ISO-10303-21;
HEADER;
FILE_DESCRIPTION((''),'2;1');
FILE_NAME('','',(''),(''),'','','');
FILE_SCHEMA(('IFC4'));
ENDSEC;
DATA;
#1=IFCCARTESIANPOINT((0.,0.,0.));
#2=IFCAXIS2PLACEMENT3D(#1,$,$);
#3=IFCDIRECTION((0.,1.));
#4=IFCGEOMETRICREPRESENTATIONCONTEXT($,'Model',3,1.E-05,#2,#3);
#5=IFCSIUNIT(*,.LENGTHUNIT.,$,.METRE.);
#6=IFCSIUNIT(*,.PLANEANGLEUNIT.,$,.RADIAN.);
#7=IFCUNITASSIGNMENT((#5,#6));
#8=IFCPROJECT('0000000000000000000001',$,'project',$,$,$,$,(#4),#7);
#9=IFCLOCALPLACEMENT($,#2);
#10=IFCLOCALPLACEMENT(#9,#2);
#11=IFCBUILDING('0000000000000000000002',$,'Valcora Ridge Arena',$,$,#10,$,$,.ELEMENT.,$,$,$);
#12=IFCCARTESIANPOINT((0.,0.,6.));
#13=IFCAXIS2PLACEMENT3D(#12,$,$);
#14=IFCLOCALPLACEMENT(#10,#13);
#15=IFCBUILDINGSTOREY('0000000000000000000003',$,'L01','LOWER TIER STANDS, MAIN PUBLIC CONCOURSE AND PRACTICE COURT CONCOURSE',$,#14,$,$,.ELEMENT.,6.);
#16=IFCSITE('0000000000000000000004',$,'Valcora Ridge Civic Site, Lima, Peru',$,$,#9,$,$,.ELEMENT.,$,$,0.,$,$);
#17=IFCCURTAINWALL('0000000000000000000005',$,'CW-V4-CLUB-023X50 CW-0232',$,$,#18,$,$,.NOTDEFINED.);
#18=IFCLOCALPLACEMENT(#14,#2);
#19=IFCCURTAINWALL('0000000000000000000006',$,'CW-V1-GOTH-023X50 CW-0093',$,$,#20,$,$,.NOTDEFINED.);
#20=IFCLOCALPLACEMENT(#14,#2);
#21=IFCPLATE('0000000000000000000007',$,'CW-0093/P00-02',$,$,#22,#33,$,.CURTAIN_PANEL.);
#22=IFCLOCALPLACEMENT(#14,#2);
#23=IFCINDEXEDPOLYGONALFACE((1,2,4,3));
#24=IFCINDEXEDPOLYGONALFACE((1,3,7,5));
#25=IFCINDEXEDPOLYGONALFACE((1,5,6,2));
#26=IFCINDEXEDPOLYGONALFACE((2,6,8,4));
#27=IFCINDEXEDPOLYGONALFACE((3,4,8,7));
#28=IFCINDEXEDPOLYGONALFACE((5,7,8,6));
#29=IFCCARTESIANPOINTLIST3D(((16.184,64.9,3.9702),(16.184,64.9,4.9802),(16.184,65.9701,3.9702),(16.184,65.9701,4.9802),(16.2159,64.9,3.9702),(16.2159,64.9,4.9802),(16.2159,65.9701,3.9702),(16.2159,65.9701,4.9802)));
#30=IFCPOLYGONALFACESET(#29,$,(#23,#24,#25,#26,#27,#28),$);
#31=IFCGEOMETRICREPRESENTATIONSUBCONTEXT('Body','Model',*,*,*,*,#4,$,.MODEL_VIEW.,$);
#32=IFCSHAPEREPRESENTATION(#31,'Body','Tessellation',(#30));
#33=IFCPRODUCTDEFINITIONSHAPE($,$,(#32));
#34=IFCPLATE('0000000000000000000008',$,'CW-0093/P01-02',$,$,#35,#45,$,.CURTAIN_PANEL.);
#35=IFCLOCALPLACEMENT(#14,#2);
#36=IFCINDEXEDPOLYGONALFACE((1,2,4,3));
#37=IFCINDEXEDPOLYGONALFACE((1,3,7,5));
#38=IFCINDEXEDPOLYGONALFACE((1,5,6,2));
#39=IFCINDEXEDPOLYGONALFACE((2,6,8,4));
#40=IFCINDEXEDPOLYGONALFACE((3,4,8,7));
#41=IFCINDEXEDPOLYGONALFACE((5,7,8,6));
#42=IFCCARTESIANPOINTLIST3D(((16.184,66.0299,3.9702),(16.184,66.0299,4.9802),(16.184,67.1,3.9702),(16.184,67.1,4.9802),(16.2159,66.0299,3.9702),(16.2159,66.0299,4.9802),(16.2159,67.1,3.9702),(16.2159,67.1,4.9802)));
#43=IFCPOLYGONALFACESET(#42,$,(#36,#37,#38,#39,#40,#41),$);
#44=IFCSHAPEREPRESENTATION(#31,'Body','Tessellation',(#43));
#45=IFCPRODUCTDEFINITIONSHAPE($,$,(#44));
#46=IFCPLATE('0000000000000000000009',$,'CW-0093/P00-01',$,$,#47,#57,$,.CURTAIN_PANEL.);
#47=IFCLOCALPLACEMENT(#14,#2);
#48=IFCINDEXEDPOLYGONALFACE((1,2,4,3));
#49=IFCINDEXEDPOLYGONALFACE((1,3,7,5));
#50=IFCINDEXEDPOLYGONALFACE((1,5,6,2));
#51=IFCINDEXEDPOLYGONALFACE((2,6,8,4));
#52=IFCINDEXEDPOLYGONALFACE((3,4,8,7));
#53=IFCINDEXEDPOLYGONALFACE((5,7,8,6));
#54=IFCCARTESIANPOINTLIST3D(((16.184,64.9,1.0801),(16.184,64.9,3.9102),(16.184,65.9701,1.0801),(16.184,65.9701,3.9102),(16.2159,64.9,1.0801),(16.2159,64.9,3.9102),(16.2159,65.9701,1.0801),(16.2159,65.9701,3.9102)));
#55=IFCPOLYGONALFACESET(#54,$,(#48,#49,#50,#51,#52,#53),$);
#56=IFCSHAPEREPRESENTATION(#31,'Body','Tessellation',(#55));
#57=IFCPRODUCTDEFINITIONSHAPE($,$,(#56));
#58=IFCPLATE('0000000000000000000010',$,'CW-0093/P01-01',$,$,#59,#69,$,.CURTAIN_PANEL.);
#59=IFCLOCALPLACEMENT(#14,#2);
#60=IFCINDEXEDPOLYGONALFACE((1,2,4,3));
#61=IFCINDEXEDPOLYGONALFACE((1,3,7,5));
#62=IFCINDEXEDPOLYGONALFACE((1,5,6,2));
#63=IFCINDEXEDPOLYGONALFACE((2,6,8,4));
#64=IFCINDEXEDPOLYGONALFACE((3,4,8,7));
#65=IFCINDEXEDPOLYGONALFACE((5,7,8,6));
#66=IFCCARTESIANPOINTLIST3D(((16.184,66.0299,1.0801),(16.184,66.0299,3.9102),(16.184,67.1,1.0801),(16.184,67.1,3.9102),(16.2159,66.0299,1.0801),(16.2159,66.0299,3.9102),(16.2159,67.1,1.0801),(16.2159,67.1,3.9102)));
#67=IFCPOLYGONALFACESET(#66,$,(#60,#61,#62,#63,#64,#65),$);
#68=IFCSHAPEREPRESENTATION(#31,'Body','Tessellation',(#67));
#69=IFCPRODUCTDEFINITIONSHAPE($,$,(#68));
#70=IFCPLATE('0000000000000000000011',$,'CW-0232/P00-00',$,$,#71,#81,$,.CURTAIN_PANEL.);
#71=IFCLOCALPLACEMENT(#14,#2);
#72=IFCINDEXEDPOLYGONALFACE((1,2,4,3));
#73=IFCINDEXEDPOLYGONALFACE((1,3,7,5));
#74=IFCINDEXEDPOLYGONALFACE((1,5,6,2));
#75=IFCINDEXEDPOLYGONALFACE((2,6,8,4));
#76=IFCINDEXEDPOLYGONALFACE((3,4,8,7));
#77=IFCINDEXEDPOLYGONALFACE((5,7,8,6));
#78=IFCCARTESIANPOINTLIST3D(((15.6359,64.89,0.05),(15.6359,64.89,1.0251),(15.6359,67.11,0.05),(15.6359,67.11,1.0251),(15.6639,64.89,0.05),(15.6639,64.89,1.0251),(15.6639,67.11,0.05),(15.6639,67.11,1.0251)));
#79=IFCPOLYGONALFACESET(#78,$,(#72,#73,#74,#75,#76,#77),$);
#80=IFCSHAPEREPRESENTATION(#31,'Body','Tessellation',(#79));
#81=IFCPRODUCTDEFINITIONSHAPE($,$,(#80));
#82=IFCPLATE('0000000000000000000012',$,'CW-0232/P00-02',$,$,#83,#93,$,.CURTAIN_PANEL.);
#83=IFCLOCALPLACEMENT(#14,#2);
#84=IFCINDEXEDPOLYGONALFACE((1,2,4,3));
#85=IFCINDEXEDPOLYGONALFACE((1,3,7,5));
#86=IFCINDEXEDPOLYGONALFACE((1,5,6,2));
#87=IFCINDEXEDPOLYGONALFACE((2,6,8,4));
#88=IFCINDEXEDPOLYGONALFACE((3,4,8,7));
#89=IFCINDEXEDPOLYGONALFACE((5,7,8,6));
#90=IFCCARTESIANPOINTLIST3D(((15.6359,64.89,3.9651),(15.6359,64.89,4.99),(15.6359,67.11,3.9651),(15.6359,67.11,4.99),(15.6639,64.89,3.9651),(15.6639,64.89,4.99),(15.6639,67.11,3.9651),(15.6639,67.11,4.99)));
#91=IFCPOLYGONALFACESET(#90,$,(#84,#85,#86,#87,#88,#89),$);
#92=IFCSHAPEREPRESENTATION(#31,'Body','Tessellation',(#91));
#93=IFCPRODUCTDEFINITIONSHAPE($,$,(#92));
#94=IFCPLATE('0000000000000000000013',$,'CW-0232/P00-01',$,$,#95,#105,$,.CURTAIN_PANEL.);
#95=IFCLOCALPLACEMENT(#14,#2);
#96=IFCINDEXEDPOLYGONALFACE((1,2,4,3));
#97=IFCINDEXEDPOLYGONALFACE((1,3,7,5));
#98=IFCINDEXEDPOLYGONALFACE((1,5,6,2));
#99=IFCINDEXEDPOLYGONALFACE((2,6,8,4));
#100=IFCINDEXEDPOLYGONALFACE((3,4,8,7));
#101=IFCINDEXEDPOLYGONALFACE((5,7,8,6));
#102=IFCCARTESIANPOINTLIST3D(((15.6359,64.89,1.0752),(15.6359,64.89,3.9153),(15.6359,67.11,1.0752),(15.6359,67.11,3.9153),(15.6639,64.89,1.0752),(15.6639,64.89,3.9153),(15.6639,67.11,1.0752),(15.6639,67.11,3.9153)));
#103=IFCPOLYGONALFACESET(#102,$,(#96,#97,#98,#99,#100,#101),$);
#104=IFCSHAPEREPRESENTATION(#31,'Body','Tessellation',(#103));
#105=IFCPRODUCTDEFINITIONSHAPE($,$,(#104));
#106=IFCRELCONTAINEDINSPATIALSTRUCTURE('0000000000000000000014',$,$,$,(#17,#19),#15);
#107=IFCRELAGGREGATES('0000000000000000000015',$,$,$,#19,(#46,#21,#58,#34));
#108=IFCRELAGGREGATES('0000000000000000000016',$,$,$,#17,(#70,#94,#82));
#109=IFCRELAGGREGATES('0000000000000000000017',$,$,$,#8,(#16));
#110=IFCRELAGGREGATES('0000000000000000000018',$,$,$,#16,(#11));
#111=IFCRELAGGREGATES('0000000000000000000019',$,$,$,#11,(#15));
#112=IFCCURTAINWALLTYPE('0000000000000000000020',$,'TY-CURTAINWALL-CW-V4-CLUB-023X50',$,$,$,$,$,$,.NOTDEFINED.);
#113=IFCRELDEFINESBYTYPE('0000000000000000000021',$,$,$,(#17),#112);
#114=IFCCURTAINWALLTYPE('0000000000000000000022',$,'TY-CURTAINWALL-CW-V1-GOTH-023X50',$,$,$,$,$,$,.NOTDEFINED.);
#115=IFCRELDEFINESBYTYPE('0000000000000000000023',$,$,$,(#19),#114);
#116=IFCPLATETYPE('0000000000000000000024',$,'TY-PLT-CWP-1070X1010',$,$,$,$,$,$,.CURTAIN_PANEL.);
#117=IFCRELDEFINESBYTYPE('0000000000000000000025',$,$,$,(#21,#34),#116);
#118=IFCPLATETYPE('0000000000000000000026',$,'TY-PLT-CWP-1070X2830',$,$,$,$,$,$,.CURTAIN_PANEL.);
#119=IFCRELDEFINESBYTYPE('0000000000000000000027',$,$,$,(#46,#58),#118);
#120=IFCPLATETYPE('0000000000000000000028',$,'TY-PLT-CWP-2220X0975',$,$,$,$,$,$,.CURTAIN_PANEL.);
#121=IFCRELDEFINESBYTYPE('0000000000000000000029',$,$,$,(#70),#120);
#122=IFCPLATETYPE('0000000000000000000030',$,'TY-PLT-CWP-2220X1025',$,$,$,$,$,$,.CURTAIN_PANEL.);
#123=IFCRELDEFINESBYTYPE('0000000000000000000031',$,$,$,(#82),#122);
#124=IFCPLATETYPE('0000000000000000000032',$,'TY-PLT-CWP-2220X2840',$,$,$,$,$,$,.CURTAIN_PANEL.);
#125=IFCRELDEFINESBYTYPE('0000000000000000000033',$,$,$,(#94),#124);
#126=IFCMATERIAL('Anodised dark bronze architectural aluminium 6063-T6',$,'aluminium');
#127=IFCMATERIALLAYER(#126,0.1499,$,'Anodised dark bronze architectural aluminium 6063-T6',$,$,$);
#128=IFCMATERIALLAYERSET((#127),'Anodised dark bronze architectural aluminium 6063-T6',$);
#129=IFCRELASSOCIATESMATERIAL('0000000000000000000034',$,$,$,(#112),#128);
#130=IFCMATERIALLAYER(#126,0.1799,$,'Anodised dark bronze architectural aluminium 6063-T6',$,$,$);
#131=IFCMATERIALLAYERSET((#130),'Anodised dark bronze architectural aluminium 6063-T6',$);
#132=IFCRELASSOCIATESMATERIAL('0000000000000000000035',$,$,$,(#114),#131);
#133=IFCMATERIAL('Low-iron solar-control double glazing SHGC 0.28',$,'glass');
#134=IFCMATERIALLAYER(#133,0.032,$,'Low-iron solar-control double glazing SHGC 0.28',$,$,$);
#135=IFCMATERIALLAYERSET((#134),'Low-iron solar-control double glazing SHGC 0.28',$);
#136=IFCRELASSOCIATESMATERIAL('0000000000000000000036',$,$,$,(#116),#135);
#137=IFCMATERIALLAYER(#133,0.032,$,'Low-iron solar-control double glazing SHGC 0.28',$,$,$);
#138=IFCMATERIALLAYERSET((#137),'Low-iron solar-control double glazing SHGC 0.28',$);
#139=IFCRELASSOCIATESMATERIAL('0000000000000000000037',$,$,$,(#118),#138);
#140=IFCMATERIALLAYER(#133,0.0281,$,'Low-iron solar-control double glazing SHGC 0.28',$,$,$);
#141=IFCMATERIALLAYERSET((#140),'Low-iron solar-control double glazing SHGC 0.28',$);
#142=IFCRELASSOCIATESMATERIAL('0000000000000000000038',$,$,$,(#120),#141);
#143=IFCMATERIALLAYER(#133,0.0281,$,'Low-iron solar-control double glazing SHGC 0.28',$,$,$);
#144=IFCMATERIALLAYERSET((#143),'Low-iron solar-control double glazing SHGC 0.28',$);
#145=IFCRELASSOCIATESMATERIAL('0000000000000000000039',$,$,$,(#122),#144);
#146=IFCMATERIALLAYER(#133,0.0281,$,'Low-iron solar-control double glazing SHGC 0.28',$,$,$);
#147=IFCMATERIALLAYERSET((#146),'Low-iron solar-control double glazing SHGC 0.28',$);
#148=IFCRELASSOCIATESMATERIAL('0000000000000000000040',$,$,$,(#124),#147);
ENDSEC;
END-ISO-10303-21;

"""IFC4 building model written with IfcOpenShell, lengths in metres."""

from ifc_helpers import new_model, si_unit, direction, frame, origin, origin_2d, place, context, subcontext, project, spatial, rectangle, extrude, material, layer, layer_set, type_object, element, aggregate, save


model = new_model("IFC4")

# Units and contexts
model_context = context("Model", 3, precision=1e-05, world=origin(), true_north=direction((0.0, 1.0)))
body_context = subcontext(model_context, "Body", "Model", "MODEL_VIEW")
ifc_project = project(units=[si_unit("LENGTHUNIT", "METRE"), si_unit("PLANEANGLEUNIT", "RADIAN")], contexts=[model_context])

# Site, building, storey
site_placement = place(None, origin())
site = spatial("IfcSite", under=ifc_project, at=site_placement, Name="Valcora Ridge Civic Site, Lima, Peru", CompositionType="ELEMENT", RefElevation=0.0)
building_placement = place(site_placement, origin())
building = spatial("IfcBuilding", under=site, at=building_placement, Name="Valcora Ridge Arena", CompositionType="ELEMENT")
storey_placement = place(building_placement, frame((0.0, 0.0, 6.0)))
storey = spatial("IfcBuildingStorey", under=building, at=storey_placement, Name="L01", Description="LOWER TIER STANDS, MAIN PUBLIC CONCOURSE AND PRACTICE COURT CONCOURSE", CompositionType="ELEMENT", Elevation=6.0)

# Curtain wall
ifc_material_1 = material(Name="Anodised dark bronze architectural aluminium 6063-T6", Category="aluminium")
ifc_layer_1 = layer(ifc_material_1, 0.1499, Name="Anodised dark bronze architectural aluminium 6063-T6")
ifc_layer_set_1 = layer_set([ifc_layer_1], Name="Anodised dark bronze architectural aluminium 6063-T6")
curtain_wall_type_1 = type_object("IfcCurtainWallType", Name="TY-CURTAINWALL-CW-V4-CLUB-023X50", PredefinedType="NOTDEFINED", material=ifc_layer_set_1)
curtain_wall_1_placement = place(storey_placement, origin())
curtain_wall_1 = element("IfcCurtainWall", 1, at=curtain_wall_1_placement, inside=storey, type_object=curtain_wall_type_1, Name="CW-V4-CLUB-023X50 CW-0232", PredefinedType="NOTDEFINED")

# Curtain wall, plates
ifc_layer_2 = layer(ifc_material_1, 0.1799, Name="Anodised dark bronze architectural aluminium 6063-T6")
ifc_layer_set_2 = layer_set([ifc_layer_2], Name="Anodised dark bronze architectural aluminium 6063-T6")
curtain_wall_type_2 = type_object("IfcCurtainWallType", Name="TY-CURTAINWALL-CW-V1-GOTH-023X50", PredefinedType="NOTDEFINED", material=ifc_layer_set_2)
curtain_wall_2_placement = place(storey_placement, origin())
curtain_wall_2 = element("IfcCurtainWall", 2, at=curtain_wall_2_placement, inside=storey, type_object=curtain_wall_type_2, Name="CW-V1-GOTH-023X50 CW-0093", PredefinedType="NOTDEFINED")
ifc_material_2 = material(Name="Low-iron solar-control double glazing SHGC 0.28", Category="glass")
ifc_layer_3 = layer(ifc_material_2, 0.032, Name="Low-iron solar-control double glazing SHGC 0.28")
ifc_layer_set_3 = layer_set([ifc_layer_3], Name="Low-iron solar-control double glazing SHGC 0.28")
plate_type_1 = type_object("IfcPlateType", Name="TY-PLT-CWP-1070X1010", PredefinedType="CURTAIN_PANEL", material=ifc_layer_set_3)
plate_1_placement = place(storey_placement, frame((16.2, 65.4351, 3.9702), z_axis=(0.0, 0.0, 1.0), x_axis=(0.0, 1.0, 0.0)))
plate_1 = element("IfcPlate", 3, at=plate_1_placement, type_object=plate_type_1, Name="CW-0093/P00-02", PredefinedType="CURTAIN_PANEL", context=body_context, shape_type="SweptSolid", body=[
    extrude(rectangle(XDim=1.0701, YDim=0.032, at=origin_2d()), origin(), (0.0, 0.0, 1.0), 1.01),
])
plate_2_placement = place(storey_placement, frame((16.2, 66.5649, 3.9702), z_axis=(0.0, 0.0, 1.0), x_axis=(0.0, 1.0, 0.0)))
plate_2 = element("IfcPlate", 4, at=plate_2_placement, type_object=plate_type_1, Name="CW-0093/P01-02", PredefinedType="CURTAIN_PANEL", context=body_context, shape_type="SweptSolid", body=[
    extrude(rectangle(XDim=1.0701, YDim=0.032, at=origin_2d()), origin(), (0.0, 0.0, 1.0), 1.01),
])
ifc_layer_4 = layer(ifc_material_2, 0.032, Name="Low-iron solar-control double glazing SHGC 0.28")
ifc_layer_set_4 = layer_set([ifc_layer_4], Name="Low-iron solar-control double glazing SHGC 0.28")
plate_type_2 = type_object("IfcPlateType", Name="TY-PLT-CWP-1070X2830", PredefinedType="CURTAIN_PANEL", material=ifc_layer_set_4)
plate_3_placement = place(storey_placement, frame((16.2, 65.4351, 1.0801), z_axis=(0.0, 0.0, 1.0), x_axis=(0.0, 1.0, 0.0)))
plate_3 = element("IfcPlate", 5, at=plate_3_placement, type_object=plate_type_2, Name="CW-0093/P00-01", PredefinedType="CURTAIN_PANEL", context=body_context, shape_type="SweptSolid", body=[
    extrude(rectangle(XDim=1.0701, YDim=0.032, at=origin_2d()), origin(), (0.0, 0.0, 1.0), 2.8301),
])
plate_4_placement = place(storey_placement, frame((16.2, 66.5649, 1.0801), z_axis=(0.0, 0.0, 1.0), x_axis=(0.0, 1.0, 0.0)))
plate_4 = element("IfcPlate", 6, at=plate_4_placement, type_object=plate_type_2, Name="CW-0093/P01-01", PredefinedType="CURTAIN_PANEL", context=body_context, shape_type="SweptSolid", body=[
    extrude(rectangle(XDim=1.0701, YDim=0.032, at=origin_2d()), origin(), (0.0, 0.0, 1.0), 2.8301),
])
aggregate(curtain_wall_2, [plate_3, plate_1, plate_4, plate_2])

# Plates
ifc_layer_5 = layer(ifc_material_2, 0.0281, Name="Low-iron solar-control double glazing SHGC 0.28")
ifc_layer_set_5 = layer_set([ifc_layer_5], Name="Low-iron solar-control double glazing SHGC 0.28")
plate_type_3 = type_object("IfcPlateType", Name="TY-PLT-CWP-2220X0975", PredefinedType="CURTAIN_PANEL", material=ifc_layer_set_5)
plate_5_placement = place(storey_placement, frame((15.6499, 66.0, 0.05), z_axis=(0.0, 0.0, 1.0), x_axis=(0.0, 1.0, 0.0)))
plate_5 = element("IfcPlate", 7, at=plate_5_placement, type_object=plate_type_3, Name="CW-0232/P00-00", PredefinedType="CURTAIN_PANEL", context=body_context, shape_type="SweptSolid", body=[
    extrude(rectangle(XDim=2.22, YDim=0.0281, at=origin_2d()), origin(), (0.0, 0.0, 1.0), 0.9751),
])
ifc_layer_6 = layer(ifc_material_2, 0.0281, Name="Low-iron solar-control double glazing SHGC 0.28")
ifc_layer_set_6 = layer_set([ifc_layer_6], Name="Low-iron solar-control double glazing SHGC 0.28")
plate_type_4 = type_object("IfcPlateType", Name="TY-PLT-CWP-2220X1025", PredefinedType="CURTAIN_PANEL", material=ifc_layer_set_6)
plate_6_placement = place(storey_placement, frame((15.6499, 66.0, 3.9651), z_axis=(0.0, 0.0, 1.0), x_axis=(0.0, 1.0, 0.0)))
plate_6 = element("IfcPlate", 8, at=plate_6_placement, type_object=plate_type_4, Name="CW-0232/P00-02", PredefinedType="CURTAIN_PANEL", context=body_context, shape_type="SweptSolid", body=[
    extrude(rectangle(XDim=2.22, YDim=0.0281, at=origin_2d()), origin(), (0.0, 0.0, 1.0), 1.0249),
])
ifc_layer_7 = layer(ifc_material_2, 0.0281, Name="Low-iron solar-control double glazing SHGC 0.28")
ifc_layer_set_7 = layer_set([ifc_layer_7], Name="Low-iron solar-control double glazing SHGC 0.28")
plate_type_5 = type_object("IfcPlateType", Name="TY-PLT-CWP-2220X2840", PredefinedType="CURTAIN_PANEL", material=ifc_layer_set_7)
plate_7_placement = place(storey_placement, frame((15.6499, 66.0, 1.0752), z_axis=(0.0, 0.0, 1.0), x_axis=(0.0, 1.0, 0.0)))
plate_7 = element("IfcPlate", 9, at=plate_7_placement, type_object=plate_type_5, Name="CW-0232/P00-01", PredefinedType="CURTAIN_PANEL", context=body_context, shape_type="SweptSolid", body=[
    extrude(rectangle(XDim=2.22, YDim=0.0281, at=origin_2d()), origin(), (0.0, 0.0, 1.0), 2.8401),
])
aggregate(curtain_wall_1, [plate_5, plate_7, plate_6])

save(model, "model.ifc")
